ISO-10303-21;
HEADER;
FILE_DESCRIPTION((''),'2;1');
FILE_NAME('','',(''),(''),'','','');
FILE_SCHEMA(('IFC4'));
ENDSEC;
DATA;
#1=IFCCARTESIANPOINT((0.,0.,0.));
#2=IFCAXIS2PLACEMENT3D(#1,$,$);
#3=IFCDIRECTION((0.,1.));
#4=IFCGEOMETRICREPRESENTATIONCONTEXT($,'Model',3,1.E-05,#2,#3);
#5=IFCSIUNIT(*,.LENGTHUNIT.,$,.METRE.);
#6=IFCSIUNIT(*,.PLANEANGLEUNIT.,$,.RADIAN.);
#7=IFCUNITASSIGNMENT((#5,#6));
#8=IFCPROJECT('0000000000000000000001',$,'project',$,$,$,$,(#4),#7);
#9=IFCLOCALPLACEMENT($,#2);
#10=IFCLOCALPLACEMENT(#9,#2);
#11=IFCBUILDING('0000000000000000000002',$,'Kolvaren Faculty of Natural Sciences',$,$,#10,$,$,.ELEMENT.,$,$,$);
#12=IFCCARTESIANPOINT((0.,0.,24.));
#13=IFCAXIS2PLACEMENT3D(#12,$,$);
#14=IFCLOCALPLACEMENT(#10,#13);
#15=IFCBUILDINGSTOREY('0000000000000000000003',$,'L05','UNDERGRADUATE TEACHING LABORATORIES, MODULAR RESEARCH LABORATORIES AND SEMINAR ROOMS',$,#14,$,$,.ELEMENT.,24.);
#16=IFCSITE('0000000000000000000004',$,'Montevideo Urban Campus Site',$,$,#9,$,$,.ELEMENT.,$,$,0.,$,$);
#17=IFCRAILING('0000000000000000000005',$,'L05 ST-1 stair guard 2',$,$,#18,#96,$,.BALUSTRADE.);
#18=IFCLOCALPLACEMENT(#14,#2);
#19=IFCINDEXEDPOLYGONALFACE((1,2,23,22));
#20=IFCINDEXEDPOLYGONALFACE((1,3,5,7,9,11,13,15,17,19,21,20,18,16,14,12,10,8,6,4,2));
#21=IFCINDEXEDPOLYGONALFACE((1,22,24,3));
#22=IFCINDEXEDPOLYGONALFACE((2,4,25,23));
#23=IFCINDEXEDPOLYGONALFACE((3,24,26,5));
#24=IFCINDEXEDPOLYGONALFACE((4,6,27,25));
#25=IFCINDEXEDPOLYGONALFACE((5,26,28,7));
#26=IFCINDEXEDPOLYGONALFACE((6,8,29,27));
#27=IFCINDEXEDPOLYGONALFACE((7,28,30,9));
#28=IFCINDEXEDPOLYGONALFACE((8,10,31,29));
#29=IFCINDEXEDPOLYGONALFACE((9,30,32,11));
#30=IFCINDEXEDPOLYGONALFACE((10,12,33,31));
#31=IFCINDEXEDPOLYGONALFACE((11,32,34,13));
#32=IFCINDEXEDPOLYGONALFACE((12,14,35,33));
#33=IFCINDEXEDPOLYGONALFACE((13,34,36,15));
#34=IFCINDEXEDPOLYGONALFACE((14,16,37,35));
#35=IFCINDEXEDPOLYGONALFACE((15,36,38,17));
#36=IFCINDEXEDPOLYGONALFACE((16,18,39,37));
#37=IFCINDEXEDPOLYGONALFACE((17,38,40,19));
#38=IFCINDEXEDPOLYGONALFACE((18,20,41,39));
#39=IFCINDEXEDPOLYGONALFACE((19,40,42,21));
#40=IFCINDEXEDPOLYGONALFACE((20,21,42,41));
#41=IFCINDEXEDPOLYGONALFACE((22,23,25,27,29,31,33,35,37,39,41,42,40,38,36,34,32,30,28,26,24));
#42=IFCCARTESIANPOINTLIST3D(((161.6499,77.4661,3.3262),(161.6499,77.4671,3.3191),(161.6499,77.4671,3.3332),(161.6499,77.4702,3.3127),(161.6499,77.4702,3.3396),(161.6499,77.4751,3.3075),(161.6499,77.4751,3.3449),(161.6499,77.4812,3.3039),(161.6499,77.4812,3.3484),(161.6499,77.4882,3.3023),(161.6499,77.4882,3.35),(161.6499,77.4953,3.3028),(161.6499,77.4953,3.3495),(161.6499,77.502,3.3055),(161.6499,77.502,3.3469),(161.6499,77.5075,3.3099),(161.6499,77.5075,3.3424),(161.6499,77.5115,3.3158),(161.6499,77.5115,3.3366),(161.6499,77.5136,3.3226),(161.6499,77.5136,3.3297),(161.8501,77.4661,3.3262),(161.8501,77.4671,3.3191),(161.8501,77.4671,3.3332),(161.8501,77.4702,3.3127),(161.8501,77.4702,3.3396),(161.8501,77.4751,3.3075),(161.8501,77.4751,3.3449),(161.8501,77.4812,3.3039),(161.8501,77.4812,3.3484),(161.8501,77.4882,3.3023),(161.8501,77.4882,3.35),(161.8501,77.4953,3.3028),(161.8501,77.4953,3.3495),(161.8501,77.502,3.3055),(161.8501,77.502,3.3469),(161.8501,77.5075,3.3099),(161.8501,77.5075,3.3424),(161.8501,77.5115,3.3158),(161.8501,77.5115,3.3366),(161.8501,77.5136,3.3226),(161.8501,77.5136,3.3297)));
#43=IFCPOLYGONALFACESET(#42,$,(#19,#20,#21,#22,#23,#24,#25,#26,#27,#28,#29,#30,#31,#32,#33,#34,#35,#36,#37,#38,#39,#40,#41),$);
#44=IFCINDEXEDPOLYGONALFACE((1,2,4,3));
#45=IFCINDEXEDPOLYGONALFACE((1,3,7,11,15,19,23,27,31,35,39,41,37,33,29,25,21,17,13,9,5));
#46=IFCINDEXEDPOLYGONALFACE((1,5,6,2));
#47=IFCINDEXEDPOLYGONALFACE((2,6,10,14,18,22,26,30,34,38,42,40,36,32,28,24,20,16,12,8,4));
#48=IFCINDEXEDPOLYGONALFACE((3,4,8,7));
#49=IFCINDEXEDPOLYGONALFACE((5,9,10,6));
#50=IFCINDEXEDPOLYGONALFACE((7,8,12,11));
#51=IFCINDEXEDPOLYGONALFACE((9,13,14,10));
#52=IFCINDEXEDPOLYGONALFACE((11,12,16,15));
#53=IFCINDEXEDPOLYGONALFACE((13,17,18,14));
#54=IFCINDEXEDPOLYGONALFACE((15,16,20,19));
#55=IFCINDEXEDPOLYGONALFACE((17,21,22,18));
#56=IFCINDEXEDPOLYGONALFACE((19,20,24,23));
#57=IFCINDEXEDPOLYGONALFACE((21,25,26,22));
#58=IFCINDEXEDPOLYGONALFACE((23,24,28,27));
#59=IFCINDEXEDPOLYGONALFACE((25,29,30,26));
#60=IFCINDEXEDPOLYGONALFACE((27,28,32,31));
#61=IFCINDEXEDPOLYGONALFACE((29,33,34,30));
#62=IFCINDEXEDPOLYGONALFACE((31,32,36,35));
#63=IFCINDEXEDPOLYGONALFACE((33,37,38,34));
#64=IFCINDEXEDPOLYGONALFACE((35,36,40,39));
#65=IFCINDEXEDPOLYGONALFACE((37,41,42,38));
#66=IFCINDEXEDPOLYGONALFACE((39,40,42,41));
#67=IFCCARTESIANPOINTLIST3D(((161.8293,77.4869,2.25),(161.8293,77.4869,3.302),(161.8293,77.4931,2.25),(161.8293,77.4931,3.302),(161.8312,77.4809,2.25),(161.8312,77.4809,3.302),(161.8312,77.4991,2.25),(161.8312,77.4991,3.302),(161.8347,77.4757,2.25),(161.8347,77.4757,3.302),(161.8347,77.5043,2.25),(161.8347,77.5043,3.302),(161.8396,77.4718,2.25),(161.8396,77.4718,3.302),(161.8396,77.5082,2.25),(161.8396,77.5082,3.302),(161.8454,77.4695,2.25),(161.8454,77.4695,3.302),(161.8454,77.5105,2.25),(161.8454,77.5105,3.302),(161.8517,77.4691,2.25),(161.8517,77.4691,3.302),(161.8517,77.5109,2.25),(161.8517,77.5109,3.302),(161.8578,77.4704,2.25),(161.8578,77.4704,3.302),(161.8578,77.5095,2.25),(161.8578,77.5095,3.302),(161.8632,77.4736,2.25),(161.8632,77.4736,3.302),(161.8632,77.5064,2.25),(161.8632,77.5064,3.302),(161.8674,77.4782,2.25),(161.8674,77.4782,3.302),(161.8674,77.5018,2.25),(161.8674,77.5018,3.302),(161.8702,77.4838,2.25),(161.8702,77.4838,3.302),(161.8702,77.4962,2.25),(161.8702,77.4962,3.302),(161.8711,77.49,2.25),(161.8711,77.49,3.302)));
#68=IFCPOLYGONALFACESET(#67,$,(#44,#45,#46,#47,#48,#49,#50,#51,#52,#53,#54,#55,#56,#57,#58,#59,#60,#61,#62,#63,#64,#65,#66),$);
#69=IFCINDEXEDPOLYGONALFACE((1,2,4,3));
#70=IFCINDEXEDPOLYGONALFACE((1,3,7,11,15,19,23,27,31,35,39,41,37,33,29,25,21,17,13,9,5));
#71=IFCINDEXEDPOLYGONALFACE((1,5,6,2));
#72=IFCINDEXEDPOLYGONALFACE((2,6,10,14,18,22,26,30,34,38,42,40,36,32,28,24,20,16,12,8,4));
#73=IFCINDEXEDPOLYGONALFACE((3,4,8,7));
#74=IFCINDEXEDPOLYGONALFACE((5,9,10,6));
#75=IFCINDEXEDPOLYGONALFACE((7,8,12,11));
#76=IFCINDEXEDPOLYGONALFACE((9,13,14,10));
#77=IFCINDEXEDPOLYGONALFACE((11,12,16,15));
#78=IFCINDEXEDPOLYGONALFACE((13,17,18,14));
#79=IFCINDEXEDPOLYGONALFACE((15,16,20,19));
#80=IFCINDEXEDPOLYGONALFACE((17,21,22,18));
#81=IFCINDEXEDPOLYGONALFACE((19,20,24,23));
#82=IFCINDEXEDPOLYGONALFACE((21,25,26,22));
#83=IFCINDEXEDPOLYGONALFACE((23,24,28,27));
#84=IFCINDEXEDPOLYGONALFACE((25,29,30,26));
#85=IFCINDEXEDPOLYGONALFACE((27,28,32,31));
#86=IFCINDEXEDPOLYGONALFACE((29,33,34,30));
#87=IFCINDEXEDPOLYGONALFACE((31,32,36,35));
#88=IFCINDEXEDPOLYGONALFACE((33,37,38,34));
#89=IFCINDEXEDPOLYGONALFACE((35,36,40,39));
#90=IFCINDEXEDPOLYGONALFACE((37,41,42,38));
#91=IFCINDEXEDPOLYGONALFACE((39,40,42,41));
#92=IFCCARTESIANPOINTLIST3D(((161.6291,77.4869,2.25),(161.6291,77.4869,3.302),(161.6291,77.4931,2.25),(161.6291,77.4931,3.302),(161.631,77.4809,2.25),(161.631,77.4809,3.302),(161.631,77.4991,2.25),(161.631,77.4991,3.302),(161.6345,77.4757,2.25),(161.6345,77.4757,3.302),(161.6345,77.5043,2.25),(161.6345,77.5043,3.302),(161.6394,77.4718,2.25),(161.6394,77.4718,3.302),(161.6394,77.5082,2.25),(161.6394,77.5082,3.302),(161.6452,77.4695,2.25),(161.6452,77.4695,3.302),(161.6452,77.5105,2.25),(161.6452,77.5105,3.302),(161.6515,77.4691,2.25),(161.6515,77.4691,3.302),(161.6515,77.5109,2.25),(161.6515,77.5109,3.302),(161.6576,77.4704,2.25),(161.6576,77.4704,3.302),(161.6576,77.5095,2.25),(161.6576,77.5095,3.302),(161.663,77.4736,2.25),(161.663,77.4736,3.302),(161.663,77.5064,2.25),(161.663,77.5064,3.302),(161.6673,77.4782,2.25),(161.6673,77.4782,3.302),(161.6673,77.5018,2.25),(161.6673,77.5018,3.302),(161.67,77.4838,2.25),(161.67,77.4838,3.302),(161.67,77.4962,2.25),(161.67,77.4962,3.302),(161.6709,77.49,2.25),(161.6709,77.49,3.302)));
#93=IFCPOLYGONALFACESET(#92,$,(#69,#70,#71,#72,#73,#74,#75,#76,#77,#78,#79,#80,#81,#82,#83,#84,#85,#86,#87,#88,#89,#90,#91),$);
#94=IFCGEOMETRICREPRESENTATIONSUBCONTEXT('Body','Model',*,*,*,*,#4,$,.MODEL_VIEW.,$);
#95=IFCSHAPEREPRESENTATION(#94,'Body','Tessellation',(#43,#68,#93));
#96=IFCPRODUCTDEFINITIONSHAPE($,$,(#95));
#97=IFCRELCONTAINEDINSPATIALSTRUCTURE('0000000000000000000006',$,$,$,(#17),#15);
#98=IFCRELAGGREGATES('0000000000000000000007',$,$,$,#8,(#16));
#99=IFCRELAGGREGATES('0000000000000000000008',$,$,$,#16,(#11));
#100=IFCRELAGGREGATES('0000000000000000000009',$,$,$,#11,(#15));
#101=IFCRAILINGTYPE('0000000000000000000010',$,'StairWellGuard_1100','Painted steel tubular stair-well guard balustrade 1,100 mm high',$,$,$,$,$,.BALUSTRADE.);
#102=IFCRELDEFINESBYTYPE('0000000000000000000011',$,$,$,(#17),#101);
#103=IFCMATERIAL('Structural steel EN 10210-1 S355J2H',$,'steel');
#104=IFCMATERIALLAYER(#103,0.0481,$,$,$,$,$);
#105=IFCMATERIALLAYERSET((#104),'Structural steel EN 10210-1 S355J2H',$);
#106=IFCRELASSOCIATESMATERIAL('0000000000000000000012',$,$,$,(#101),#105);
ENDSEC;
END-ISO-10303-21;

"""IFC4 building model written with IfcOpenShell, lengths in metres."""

from ifc_helpers import new_model, si_unit, direction, frame, origin, origin_2d, place, context, subcontext, project, spatial, circle, extrude, material, layer, layer_set, type_object, element, save


model = new_model("IFC4")

# Units and contexts
model_context = context("Model", 3, precision=1e-05, world=origin(), true_north=direction((0.0, 1.0)))
body_context = subcontext(model_context, "Body", "Model", "MODEL_VIEW")
ifc_project = project(units=[si_unit("LENGTHUNIT", "METRE"), si_unit("PLANEANGLEUNIT", "RADIAN")], contexts=[model_context])

# Site, building, storey
site_placement = place(None, origin())
site = spatial("IfcSite", under=ifc_project, at=site_placement, Name="Montevideo Urban Campus Site", CompositionType="ELEMENT", RefElevation=0.0)
building_placement = place(site_placement, origin())
building = spatial("IfcBuilding", under=site, at=building_placement, Name="Kolvaren Faculty of Natural Sciences", CompositionType="ELEMENT")
storey_placement = place(building_placement, frame((0.0, 0.0, 24.0)))
storey = spatial("IfcBuildingStorey", under=building, at=storey_placement, Name="L05", Description="UNDERGRADUATE TEACHING LABORATORIES, MODULAR RESEARCH LABORATORIES AND SEMINAR ROOMS", CompositionType="ELEMENT", Elevation=24.0)

# Railing
ifc_material_1 = material(Name="Structural steel EN 10210-1 S355J2H", Category="steel")
ifc_layer_1 = layer(ifc_material_1, 0.0481)
ifc_layer_set_1 = layer_set([ifc_layer_1], Name="Structural steel EN 10210-1 S355J2H")
railing_type_1 = type_object("IfcRailingType", Name="StairWellGuard_1100", Description="Painted steel tubular stair-well guard balustrade 1,100 mm high", PredefinedType="BALUSTRADE", material=ifc_layer_set_1)
railing_1_placement = place(storey_placement, frame((161.8501, 77.49, 2.25)))
element("IfcRailing", 1, at=railing_1_placement, inside=storey, type_object=railing_type_1, Name="L05 ST-1 stair guard 2", PredefinedType="BALUSTRADE", context=body_context, shape_type="SweptSolid", body=[
    extrude(circle(Radius=0.0239, at=origin_2d()), frame((0.0, 0.0, 1.0762), z_axis=(-1.0, 0.0, 0.0), x_axis=(0.0, -1.0, 0.0)), (0.0, 0.0, 1.0), 0.2002),
    extrude(circle(Radius=0.021, at=origin_2d()), origin(), (0.0, 0.0, 1.0), 1.052),
    extrude(circle(Radius=0.021, at=origin_2d()), frame((-0.2002, 0.0, 0.0)), (0.0, 0.0, 1.0), 1.052),
])

save(model, "model.ifc")
